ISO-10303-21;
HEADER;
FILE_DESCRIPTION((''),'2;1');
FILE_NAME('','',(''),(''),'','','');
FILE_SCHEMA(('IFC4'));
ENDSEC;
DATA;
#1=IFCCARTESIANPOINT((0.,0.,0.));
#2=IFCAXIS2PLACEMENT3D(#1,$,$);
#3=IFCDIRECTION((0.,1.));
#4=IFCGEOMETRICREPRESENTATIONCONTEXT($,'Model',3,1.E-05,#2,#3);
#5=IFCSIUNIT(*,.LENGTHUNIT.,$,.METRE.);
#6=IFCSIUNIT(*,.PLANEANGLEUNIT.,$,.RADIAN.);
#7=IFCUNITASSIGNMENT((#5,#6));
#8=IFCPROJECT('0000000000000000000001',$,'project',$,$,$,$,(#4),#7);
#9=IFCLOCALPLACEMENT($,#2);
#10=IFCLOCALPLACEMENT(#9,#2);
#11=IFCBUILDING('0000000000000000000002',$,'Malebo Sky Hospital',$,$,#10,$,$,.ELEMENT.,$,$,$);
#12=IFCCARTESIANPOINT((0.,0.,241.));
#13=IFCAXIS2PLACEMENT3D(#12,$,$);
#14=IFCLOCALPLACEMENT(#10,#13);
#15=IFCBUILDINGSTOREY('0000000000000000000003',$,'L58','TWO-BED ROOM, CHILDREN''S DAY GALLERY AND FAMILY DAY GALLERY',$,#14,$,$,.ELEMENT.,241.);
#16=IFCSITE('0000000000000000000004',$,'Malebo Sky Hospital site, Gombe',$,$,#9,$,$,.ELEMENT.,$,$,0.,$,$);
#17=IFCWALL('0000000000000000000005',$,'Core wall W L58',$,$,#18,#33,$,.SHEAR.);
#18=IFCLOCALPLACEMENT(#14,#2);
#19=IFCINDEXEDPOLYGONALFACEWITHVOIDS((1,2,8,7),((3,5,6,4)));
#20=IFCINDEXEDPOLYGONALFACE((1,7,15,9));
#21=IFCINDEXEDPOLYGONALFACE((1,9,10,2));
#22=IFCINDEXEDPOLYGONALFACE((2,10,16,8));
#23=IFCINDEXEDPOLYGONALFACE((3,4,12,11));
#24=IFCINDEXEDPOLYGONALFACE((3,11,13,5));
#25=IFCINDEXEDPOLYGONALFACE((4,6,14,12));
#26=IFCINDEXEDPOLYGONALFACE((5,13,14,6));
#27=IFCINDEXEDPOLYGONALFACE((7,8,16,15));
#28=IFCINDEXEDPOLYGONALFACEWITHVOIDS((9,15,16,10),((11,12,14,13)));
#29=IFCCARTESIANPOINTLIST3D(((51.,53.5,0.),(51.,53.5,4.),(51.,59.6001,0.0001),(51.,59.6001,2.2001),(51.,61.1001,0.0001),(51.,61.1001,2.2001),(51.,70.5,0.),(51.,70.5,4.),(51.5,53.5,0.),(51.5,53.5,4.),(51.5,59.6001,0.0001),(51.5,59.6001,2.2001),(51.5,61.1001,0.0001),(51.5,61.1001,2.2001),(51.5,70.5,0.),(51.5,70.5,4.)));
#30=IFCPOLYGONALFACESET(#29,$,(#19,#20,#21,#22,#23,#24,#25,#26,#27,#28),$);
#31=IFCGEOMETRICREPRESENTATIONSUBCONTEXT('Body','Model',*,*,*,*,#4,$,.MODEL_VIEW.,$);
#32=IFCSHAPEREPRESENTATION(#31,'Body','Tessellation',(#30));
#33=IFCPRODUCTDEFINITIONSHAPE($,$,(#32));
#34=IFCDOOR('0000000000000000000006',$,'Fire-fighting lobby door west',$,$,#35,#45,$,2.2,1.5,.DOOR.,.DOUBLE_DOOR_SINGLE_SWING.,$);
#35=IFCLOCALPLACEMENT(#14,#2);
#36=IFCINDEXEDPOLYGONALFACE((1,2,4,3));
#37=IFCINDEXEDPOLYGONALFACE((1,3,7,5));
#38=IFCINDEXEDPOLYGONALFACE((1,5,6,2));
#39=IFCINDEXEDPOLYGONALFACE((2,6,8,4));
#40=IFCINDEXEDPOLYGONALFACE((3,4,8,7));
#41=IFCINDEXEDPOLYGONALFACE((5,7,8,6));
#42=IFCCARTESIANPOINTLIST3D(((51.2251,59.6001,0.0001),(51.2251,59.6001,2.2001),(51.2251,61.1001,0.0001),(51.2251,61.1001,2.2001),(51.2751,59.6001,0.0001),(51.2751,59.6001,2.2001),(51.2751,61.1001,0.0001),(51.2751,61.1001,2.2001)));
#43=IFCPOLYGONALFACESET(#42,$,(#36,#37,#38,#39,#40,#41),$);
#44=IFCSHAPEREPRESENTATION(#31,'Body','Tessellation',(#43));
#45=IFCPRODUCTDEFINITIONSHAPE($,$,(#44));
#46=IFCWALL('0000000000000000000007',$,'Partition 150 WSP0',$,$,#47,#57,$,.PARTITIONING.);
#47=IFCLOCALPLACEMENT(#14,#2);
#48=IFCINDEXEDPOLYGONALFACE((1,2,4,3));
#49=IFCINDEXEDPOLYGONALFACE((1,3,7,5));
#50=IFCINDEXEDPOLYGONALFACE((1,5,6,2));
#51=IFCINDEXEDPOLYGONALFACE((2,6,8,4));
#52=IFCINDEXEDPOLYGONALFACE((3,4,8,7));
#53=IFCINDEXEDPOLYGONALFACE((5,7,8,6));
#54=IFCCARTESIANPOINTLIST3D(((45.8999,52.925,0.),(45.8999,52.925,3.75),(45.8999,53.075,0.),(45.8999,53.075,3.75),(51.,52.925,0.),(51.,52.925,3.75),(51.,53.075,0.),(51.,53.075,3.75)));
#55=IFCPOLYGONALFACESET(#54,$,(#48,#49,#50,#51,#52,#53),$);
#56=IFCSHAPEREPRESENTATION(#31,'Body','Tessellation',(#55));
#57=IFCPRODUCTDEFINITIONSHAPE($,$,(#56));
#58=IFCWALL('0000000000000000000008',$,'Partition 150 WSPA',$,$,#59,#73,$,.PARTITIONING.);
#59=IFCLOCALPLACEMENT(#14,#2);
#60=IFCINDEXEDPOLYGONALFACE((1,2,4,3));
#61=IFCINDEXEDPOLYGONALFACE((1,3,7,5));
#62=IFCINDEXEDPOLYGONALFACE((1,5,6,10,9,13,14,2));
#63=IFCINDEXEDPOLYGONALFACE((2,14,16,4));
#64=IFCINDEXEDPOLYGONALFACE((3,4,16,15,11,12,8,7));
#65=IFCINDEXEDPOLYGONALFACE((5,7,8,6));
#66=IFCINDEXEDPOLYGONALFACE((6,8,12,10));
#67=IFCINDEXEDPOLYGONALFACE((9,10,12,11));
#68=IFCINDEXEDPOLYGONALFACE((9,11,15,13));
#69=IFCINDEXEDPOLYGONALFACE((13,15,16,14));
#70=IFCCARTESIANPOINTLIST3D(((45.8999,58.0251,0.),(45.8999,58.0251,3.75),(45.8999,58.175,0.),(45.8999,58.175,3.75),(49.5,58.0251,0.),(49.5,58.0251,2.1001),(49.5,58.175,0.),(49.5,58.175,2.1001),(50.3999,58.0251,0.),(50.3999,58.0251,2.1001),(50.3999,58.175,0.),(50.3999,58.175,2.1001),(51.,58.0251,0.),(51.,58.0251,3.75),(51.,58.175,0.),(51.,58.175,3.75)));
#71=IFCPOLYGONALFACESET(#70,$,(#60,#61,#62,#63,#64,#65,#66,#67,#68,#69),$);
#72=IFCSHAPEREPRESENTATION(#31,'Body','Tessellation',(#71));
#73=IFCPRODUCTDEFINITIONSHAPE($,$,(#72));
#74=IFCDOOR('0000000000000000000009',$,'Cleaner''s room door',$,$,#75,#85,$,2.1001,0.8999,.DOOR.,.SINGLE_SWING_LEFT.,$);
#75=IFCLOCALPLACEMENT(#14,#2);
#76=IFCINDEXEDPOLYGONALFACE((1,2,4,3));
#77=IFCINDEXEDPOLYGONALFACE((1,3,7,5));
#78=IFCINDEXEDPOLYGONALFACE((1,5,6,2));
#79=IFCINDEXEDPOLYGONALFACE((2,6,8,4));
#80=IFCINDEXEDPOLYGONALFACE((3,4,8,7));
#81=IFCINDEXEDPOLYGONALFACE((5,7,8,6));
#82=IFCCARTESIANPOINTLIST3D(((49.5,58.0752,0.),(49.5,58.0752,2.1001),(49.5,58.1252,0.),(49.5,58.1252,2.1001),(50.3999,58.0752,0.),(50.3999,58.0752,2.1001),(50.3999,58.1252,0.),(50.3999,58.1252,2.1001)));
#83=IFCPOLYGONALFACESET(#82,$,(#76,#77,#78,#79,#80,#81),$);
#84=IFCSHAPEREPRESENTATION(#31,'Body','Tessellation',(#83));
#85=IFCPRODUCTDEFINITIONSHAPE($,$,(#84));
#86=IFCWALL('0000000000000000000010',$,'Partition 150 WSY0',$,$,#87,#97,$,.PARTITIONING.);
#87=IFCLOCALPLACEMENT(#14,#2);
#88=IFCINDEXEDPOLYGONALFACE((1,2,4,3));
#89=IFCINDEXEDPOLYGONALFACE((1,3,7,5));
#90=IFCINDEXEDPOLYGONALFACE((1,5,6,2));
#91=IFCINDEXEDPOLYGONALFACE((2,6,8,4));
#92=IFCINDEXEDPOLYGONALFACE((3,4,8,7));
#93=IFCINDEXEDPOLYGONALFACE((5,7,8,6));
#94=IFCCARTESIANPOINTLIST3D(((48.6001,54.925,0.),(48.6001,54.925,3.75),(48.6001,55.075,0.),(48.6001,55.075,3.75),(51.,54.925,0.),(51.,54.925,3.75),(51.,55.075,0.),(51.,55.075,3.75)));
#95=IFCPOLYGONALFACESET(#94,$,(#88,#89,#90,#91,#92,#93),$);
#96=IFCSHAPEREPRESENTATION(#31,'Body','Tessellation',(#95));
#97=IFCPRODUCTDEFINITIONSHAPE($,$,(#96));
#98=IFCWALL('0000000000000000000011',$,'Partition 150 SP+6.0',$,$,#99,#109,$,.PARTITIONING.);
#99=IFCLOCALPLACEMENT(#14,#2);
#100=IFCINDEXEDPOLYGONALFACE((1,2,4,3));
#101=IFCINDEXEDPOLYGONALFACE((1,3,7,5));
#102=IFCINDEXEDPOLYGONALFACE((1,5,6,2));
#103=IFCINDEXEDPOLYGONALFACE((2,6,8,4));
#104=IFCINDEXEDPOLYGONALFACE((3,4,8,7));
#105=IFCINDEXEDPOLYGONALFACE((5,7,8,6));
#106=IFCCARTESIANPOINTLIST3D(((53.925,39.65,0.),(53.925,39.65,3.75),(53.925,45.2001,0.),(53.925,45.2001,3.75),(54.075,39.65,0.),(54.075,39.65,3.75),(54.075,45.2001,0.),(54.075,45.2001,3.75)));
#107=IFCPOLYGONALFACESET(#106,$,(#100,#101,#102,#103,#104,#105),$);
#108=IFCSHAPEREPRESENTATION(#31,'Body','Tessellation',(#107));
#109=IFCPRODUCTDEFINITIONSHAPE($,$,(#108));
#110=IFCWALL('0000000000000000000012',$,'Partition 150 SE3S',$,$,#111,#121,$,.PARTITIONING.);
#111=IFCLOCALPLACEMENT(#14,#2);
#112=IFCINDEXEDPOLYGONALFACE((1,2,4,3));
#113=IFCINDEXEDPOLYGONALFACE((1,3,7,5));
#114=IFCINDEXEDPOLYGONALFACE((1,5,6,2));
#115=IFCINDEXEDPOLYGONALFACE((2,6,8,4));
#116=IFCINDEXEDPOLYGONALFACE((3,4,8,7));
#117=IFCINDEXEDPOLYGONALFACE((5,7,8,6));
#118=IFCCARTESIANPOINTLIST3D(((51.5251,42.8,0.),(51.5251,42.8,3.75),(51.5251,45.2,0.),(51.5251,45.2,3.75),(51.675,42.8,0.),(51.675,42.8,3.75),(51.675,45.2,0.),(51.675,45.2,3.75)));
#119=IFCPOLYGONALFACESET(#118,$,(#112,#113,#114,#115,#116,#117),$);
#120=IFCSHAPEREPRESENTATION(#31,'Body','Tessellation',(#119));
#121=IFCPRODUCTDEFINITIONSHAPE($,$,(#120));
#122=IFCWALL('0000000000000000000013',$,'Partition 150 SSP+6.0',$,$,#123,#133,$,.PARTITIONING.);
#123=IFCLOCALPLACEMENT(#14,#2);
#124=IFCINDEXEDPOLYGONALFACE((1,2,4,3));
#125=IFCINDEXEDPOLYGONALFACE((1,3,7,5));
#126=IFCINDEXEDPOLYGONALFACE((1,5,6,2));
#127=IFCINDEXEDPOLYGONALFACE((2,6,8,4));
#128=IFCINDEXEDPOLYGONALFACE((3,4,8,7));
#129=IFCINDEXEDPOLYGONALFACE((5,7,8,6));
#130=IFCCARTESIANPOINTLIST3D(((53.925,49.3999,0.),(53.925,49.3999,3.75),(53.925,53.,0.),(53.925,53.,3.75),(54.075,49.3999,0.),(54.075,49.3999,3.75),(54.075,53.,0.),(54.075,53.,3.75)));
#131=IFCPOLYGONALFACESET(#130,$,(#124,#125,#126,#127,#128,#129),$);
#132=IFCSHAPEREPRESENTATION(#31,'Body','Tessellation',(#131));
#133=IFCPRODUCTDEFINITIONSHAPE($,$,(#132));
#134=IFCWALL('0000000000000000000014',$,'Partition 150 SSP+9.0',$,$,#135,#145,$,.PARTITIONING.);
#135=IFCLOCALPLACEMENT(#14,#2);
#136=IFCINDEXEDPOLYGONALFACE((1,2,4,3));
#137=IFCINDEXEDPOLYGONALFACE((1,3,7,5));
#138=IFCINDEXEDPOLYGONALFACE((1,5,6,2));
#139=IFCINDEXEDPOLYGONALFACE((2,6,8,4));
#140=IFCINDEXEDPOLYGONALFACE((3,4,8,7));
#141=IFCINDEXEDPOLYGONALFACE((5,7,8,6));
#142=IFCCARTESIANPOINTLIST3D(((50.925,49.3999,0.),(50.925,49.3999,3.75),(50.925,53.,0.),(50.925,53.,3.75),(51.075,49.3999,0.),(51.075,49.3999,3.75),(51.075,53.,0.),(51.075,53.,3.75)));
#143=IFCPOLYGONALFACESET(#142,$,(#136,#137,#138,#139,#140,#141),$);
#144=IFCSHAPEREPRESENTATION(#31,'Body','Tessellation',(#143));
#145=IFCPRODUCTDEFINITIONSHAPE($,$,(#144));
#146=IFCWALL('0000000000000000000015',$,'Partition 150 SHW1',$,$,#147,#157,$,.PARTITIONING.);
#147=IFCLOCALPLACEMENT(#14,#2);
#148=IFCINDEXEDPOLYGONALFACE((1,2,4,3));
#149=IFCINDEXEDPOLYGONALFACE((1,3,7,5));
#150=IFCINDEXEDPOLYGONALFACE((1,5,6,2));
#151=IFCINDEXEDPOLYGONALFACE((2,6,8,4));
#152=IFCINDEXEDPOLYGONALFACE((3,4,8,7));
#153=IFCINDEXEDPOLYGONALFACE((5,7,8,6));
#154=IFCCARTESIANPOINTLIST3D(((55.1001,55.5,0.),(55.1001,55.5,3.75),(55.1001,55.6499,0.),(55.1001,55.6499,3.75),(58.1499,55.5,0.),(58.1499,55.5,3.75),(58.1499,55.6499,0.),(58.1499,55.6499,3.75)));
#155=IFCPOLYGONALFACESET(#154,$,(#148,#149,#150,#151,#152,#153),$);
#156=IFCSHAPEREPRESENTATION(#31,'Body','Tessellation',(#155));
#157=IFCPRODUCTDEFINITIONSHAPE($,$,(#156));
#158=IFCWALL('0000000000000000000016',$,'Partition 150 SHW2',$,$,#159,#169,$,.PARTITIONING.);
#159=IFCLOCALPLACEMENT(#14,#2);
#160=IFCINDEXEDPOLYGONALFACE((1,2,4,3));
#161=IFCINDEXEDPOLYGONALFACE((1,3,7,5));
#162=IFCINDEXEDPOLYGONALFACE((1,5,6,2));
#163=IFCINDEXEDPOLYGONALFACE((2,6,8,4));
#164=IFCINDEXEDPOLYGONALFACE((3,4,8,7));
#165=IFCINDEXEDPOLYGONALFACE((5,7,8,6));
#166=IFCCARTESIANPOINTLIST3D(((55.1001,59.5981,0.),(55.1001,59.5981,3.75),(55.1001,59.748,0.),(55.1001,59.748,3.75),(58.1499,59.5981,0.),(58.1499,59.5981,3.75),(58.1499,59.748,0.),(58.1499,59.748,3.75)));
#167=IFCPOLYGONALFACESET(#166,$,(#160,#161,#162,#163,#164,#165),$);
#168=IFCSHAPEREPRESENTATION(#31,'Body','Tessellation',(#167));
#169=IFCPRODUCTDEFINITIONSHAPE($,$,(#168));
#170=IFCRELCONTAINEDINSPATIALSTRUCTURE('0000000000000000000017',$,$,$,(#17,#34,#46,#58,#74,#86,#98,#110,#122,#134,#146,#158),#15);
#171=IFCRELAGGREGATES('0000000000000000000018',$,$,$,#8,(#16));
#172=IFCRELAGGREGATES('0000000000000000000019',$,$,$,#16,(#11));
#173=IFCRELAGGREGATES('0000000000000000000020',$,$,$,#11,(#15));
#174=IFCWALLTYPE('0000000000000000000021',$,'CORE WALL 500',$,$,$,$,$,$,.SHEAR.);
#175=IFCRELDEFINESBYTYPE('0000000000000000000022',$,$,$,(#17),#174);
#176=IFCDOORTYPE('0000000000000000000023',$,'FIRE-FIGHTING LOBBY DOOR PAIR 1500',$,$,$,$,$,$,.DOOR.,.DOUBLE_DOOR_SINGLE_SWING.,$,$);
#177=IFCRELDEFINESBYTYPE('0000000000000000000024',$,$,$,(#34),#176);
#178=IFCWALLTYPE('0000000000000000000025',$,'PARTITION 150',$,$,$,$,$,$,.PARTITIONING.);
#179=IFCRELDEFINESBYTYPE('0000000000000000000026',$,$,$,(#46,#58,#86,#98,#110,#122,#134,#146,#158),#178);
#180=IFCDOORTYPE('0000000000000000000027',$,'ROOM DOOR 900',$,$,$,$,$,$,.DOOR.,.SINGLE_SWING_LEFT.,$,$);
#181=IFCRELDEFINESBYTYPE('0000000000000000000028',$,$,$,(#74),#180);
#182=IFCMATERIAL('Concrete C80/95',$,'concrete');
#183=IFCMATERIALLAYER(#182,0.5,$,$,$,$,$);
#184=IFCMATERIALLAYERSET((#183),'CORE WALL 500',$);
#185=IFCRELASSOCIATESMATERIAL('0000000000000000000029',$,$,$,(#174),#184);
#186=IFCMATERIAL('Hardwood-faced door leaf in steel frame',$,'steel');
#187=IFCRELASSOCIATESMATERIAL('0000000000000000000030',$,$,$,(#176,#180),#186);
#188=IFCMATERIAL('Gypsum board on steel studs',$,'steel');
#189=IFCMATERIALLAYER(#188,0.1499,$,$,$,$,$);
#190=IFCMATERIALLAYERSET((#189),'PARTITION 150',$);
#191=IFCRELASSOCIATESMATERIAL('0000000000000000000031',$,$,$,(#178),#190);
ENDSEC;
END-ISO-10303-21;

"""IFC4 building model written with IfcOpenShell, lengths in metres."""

from ifc_helpers import new_model, si_unit, direction, frame, frame_2d, origin, place, context, subcontext, project, spatial, rectangle, extrude, material, layer, layer_set, type_object, element, fill, save


model = new_model("IFC4")

# Units and contexts
model_context = context("Model", 3, precision=1e-05, world=origin(), true_north=direction((0.0, 1.0)))
body_context = subcontext(model_context, "Body", "Model", "MODEL_VIEW")
ifc_project = project(units=[si_unit("LENGTHUNIT", "METRE"), si_unit("PLANEANGLEUNIT", "RADIAN")], contexts=[model_context])

# Site, building, storey
site_placement = place(None, origin())
site = spatial("IfcSite", under=ifc_project, at=site_placement, Name="Malebo Sky Hospital site, Gombe", CompositionType="ELEMENT", RefElevation=0.0)
building_placement = place(site_placement, origin())
building = spatial("IfcBuilding", under=site, at=building_placement, Name="Malebo Sky Hospital", CompositionType="ELEMENT")
storey_placement = place(building_placement, frame((0.0, 0.0, 241.0)))
storey = spatial("IfcBuildingStorey", under=building, at=storey_placement, Name="L58", Description="TWO-BED ROOM, CHILDREN'S DAY GALLERY AND FAMILY DAY GALLERY", CompositionType="ELEMENT", Elevation=241.0)

# Shared definitions
ifc_material_1 = material(Name="Concrete C80/95", Category="concrete")

# Wall, opening, door
ifc_layer_1 = layer(ifc_material_1, 0.5)
ifc_layer_set_1 = layer_set([ifc_layer_1], Name="CORE WALL 500")
wall_type_1 = type_object("IfcWallType", Name="CORE WALL 500", PredefinedType="SHEAR", material=ifc_layer_set_1)
ifc_material_2 = material(Name="Hardwood-faced door leaf in steel frame", Category="steel")
wall_1_placement = place(storey_placement, frame((51.25, 53.5, 0.0), z_axis=(0.0, 0.0, 1.0), x_axis=(0.0, 1.0, 0.0)))
wall_1 = element("IfcWall", 1, at=wall_1_placement, inside=storey, type_object=wall_type_1, Name="Core wall W L58", PredefinedType="SHEAR", context=body_context, shape_type="SweptSolid", body=[
    extrude(rectangle(XDim=17.0, YDim=0.5, at=frame_2d((8.5, 0.0))), origin(), (0.0, 0.0, 1.0), 4.0),
])
opening_1_placement = place(wall_1_placement, frame((6.1001, 0.0, 0.0)))
opening_1 = element("IfcOpeningElement", 2, at=opening_1_placement, cuts=wall_1, PredefinedType="OPENING", context=body_context, shape_type="SweptSolid", body=[
    extrude(rectangle(XDim=1.5, YDim=2.2, at=frame_2d((0.75, 1.1001))), frame((0.0, 0.26, 0.0), z_axis=(0.0, -1.0, 0.0), x_axis=(1.0, 0.0, 0.0)), (0.0, 0.0, 1.0), 0.52),
])
door_type_1 = type_object("IfcDoorType", Name="FIRE-FIGHTING LOBBY DOOR PAIR 1500", OperationType="DOUBLE_DOOR_SINGLE_SWING", PredefinedType="DOOR", material=ifc_material_2)
door_1_placement = place(opening_1_placement, origin())
door_1 = element("IfcDoor", 3, at=door_1_placement, inside=storey, type_object=door_type_1, Name="Fire-fighting lobby door west", OperationType="DOUBLE_DOOR_SINGLE_SWING", OverallHeight=2.2, OverallWidth=1.5, PredefinedType="DOOR", context=body_context, shape_type="SweptSolid", body=[
    extrude(rectangle(XDim=1.5, YDim=2.2, at=frame_2d((0.75, 1.1001))), frame((0.0, 0.0249, 0.0), z_axis=(0.0, -1.0, 0.0), x_axis=(1.0, 0.0, 0.0)), (0.0, 0.0, 1.0), 0.05),
])
fill(opening_1, door_1)

# Wall
ifc_material_3 = material(Name="Gypsum board on steel studs", Category="steel")
ifc_layer_2 = layer(ifc_material_3, 0.1499)
ifc_layer_set_2 = layer_set([ifc_layer_2], Name="PARTITION 150")
wall_type_2 = type_object("IfcWallType", Name="PARTITION 150", PredefinedType="PARTITIONING", material=ifc_layer_set_2)
wall_2_placement = place(storey_placement, frame((51.0, 53.0, 0.0), z_axis=(0.0, 0.0, 1.0), x_axis=(-1.0, 0.0, 0.0)))
element("IfcWall", 4, at=wall_2_placement, inside=storey, type_object=wall_type_2, Name="Partition 150 WSP0", PredefinedType="PARTITIONING", context=body_context, shape_type="SweptSolid", body=[
    extrude(rectangle(XDim=5.1001, YDim=0.1499, at=frame_2d((2.55, 0.0))), origin(), (0.0, 0.0, 1.0), 3.75),
])

# Wall, opening, door
wall_3_placement = place(storey_placement, frame((51.0, 58.1001, 0.0), z_axis=(0.0, 0.0, 1.0), x_axis=(-1.0, 0.0, 0.0)))
wall_3 = element("IfcWall", 5, at=wall_3_placement, inside=storey, type_object=wall_type_2, Name="Partition 150 WSPA", PredefinedType="PARTITIONING", context=body_context, shape_type="SweptSolid", body=[
    extrude(rectangle(XDim=5.1001, YDim=0.1499, at=frame_2d((2.55, 0.0))), origin(), (0.0, 0.0, 1.0), 3.75),
])
opening_2_placement = place(wall_3_placement, frame((0.6001, 0.0, 0.0)))
opening_2 = element("IfcOpeningElement", 6, at=opening_2_placement, cuts=wall_3, PredefinedType="OPENING", context=body_context, shape_type="SweptSolid", body=[
    extrude(rectangle(XDim=0.8999, YDim=2.1001, at=frame_2d((0.45, 1.05))), frame((0.0, 0.085, 0.0), z_axis=(0.0, -1.0, 0.0), x_axis=(1.0, 0.0, 0.0)), (0.0, 0.0, 1.0), 0.1699),
])
door_type_2 = type_object("IfcDoorType", Name="ROOM DOOR 900", OperationType="SINGLE_SWING_LEFT", PredefinedType="DOOR", material=ifc_material_2)
door_2_placement = place(opening_2_placement, origin())
door_2 = element("IfcDoor", 7, at=door_2_placement, inside=storey, type_object=door_type_2, Name="Cleaner's room door", OperationType="SINGLE_SWING_LEFT", OverallHeight=2.1001, OverallWidth=0.8999, PredefinedType="DOOR", context=body_context, shape_type="SweptSolid", body=[
    extrude(rectangle(XDim=0.8999, YDim=2.1001, at=frame_2d((0.45, 1.05))), frame((0.0, 0.0249, 0.0), z_axis=(0.0, -1.0, 0.0), x_axis=(1.0, 0.0, 0.0)), (0.0, 0.0, 1.0), 0.05),
])
fill(opening_2, door_2)

# Walls
wall_4_placement = place(storey_placement, frame((51.0, 55.0, 0.0), z_axis=(0.0, 0.0, 1.0), x_axis=(-1.0, 0.0, 0.0)))
element("IfcWall", 8, at=wall_4_placement, inside=storey, type_object=wall_type_2, Name="Partition 150 WSY0", PredefinedType="PARTITIONING", context=body_context, shape_type="SweptSolid", body=[
    extrude(rectangle(XDim=2.3999, YDim=0.1499, at=frame_2d((1.2, 0.0))), origin(), (0.0, 0.0, 1.0), 3.75),
])
wall_5_placement = place(storey_placement, frame((54.0, 45.2, 0.0), z_axis=(0.0, 0.0, 1.0), x_axis=(0.0, -1.0, 0.0)))
element("IfcWall", 9, at=wall_5_placement, inside=storey, type_object=wall_type_2, Name="Partition 150 SP+6.0", PredefinedType="PARTITIONING", context=body_context, shape_type="SweptSolid", body=[
    extrude(rectangle(XDim=5.55, YDim=0.1499, at=frame_2d((2.7749, 0.0))), origin(), (0.0, 0.0, 1.0), 3.75),
])
wall_6_placement = place(storey_placement, frame((51.6001, 45.2, 0.0), z_axis=(0.0, 0.0, 1.0), x_axis=(0.0, -1.0, 0.0)))
element("IfcWall", 10, at=wall_6_placement, inside=storey, type_object=wall_type_2, Name="Partition 150 SE3S", PredefinedType="PARTITIONING", context=body_context, shape_type="SweptSolid", body=[
    extrude(rectangle(XDim=2.3999, YDim=0.1499, at=frame_2d((1.2, 0.0))), origin(), (0.0, 0.0, 1.0), 3.75),
])
for number, where, z_axis, x_axis, name in (
    (11, (54.0, 53.0, 0.0), (0.0, 0.0, 1.0), (0.0, -1.0, 0.0), "Partition 150 SSP+6.0"),
    (12, (51.0, 53.0, 0.0), (0.0, 0.0, 1.0), (0.0, -1.0, 0.0), "Partition 150 SSP+9.0"),
):
    element("IfcWall", number, at=place(storey_placement, frame(where, z_axis=z_axis, x_axis=x_axis)), inside=storey, type_object=wall_type_2, Name=name, PredefinedType="PARTITIONING", context=body_context, shape_type="SweptSolid", body=[
        extrude(rectangle(XDim=3.6001, YDim=0.1499, at=frame_2d((1.8, 0.0))), origin(), (0.0, 0.0, 1.0), 3.75),
    ])
for number, where, z_axis, x_axis, name in (
    (13, (55.1001, 55.575, 0.0), (0.0, 0.0, 1.0), (1.0, 0.0, 0.0), "Partition 150 SHW1"),
    (14, (55.1001, 59.6731, 0.0), (0.0, 0.0, 1.0), (1.0, 0.0, 0.0), "Partition 150 SHW2"),
):
    element("IfcWall", number, at=place(storey_placement, frame(where, z_axis=z_axis, x_axis=x_axis)), inside=storey, type_object=wall_type_2, Name=name, PredefinedType="PARTITIONING", context=body_context, shape_type="SweptSolid", body=[
        extrude(rectangle(XDim=3.0498, YDim=0.1499, at=frame_2d((1.5249, 0.0))), origin(), (0.0, 0.0, 1.0), 3.75),
    ])

save(model, "model.ifc")
